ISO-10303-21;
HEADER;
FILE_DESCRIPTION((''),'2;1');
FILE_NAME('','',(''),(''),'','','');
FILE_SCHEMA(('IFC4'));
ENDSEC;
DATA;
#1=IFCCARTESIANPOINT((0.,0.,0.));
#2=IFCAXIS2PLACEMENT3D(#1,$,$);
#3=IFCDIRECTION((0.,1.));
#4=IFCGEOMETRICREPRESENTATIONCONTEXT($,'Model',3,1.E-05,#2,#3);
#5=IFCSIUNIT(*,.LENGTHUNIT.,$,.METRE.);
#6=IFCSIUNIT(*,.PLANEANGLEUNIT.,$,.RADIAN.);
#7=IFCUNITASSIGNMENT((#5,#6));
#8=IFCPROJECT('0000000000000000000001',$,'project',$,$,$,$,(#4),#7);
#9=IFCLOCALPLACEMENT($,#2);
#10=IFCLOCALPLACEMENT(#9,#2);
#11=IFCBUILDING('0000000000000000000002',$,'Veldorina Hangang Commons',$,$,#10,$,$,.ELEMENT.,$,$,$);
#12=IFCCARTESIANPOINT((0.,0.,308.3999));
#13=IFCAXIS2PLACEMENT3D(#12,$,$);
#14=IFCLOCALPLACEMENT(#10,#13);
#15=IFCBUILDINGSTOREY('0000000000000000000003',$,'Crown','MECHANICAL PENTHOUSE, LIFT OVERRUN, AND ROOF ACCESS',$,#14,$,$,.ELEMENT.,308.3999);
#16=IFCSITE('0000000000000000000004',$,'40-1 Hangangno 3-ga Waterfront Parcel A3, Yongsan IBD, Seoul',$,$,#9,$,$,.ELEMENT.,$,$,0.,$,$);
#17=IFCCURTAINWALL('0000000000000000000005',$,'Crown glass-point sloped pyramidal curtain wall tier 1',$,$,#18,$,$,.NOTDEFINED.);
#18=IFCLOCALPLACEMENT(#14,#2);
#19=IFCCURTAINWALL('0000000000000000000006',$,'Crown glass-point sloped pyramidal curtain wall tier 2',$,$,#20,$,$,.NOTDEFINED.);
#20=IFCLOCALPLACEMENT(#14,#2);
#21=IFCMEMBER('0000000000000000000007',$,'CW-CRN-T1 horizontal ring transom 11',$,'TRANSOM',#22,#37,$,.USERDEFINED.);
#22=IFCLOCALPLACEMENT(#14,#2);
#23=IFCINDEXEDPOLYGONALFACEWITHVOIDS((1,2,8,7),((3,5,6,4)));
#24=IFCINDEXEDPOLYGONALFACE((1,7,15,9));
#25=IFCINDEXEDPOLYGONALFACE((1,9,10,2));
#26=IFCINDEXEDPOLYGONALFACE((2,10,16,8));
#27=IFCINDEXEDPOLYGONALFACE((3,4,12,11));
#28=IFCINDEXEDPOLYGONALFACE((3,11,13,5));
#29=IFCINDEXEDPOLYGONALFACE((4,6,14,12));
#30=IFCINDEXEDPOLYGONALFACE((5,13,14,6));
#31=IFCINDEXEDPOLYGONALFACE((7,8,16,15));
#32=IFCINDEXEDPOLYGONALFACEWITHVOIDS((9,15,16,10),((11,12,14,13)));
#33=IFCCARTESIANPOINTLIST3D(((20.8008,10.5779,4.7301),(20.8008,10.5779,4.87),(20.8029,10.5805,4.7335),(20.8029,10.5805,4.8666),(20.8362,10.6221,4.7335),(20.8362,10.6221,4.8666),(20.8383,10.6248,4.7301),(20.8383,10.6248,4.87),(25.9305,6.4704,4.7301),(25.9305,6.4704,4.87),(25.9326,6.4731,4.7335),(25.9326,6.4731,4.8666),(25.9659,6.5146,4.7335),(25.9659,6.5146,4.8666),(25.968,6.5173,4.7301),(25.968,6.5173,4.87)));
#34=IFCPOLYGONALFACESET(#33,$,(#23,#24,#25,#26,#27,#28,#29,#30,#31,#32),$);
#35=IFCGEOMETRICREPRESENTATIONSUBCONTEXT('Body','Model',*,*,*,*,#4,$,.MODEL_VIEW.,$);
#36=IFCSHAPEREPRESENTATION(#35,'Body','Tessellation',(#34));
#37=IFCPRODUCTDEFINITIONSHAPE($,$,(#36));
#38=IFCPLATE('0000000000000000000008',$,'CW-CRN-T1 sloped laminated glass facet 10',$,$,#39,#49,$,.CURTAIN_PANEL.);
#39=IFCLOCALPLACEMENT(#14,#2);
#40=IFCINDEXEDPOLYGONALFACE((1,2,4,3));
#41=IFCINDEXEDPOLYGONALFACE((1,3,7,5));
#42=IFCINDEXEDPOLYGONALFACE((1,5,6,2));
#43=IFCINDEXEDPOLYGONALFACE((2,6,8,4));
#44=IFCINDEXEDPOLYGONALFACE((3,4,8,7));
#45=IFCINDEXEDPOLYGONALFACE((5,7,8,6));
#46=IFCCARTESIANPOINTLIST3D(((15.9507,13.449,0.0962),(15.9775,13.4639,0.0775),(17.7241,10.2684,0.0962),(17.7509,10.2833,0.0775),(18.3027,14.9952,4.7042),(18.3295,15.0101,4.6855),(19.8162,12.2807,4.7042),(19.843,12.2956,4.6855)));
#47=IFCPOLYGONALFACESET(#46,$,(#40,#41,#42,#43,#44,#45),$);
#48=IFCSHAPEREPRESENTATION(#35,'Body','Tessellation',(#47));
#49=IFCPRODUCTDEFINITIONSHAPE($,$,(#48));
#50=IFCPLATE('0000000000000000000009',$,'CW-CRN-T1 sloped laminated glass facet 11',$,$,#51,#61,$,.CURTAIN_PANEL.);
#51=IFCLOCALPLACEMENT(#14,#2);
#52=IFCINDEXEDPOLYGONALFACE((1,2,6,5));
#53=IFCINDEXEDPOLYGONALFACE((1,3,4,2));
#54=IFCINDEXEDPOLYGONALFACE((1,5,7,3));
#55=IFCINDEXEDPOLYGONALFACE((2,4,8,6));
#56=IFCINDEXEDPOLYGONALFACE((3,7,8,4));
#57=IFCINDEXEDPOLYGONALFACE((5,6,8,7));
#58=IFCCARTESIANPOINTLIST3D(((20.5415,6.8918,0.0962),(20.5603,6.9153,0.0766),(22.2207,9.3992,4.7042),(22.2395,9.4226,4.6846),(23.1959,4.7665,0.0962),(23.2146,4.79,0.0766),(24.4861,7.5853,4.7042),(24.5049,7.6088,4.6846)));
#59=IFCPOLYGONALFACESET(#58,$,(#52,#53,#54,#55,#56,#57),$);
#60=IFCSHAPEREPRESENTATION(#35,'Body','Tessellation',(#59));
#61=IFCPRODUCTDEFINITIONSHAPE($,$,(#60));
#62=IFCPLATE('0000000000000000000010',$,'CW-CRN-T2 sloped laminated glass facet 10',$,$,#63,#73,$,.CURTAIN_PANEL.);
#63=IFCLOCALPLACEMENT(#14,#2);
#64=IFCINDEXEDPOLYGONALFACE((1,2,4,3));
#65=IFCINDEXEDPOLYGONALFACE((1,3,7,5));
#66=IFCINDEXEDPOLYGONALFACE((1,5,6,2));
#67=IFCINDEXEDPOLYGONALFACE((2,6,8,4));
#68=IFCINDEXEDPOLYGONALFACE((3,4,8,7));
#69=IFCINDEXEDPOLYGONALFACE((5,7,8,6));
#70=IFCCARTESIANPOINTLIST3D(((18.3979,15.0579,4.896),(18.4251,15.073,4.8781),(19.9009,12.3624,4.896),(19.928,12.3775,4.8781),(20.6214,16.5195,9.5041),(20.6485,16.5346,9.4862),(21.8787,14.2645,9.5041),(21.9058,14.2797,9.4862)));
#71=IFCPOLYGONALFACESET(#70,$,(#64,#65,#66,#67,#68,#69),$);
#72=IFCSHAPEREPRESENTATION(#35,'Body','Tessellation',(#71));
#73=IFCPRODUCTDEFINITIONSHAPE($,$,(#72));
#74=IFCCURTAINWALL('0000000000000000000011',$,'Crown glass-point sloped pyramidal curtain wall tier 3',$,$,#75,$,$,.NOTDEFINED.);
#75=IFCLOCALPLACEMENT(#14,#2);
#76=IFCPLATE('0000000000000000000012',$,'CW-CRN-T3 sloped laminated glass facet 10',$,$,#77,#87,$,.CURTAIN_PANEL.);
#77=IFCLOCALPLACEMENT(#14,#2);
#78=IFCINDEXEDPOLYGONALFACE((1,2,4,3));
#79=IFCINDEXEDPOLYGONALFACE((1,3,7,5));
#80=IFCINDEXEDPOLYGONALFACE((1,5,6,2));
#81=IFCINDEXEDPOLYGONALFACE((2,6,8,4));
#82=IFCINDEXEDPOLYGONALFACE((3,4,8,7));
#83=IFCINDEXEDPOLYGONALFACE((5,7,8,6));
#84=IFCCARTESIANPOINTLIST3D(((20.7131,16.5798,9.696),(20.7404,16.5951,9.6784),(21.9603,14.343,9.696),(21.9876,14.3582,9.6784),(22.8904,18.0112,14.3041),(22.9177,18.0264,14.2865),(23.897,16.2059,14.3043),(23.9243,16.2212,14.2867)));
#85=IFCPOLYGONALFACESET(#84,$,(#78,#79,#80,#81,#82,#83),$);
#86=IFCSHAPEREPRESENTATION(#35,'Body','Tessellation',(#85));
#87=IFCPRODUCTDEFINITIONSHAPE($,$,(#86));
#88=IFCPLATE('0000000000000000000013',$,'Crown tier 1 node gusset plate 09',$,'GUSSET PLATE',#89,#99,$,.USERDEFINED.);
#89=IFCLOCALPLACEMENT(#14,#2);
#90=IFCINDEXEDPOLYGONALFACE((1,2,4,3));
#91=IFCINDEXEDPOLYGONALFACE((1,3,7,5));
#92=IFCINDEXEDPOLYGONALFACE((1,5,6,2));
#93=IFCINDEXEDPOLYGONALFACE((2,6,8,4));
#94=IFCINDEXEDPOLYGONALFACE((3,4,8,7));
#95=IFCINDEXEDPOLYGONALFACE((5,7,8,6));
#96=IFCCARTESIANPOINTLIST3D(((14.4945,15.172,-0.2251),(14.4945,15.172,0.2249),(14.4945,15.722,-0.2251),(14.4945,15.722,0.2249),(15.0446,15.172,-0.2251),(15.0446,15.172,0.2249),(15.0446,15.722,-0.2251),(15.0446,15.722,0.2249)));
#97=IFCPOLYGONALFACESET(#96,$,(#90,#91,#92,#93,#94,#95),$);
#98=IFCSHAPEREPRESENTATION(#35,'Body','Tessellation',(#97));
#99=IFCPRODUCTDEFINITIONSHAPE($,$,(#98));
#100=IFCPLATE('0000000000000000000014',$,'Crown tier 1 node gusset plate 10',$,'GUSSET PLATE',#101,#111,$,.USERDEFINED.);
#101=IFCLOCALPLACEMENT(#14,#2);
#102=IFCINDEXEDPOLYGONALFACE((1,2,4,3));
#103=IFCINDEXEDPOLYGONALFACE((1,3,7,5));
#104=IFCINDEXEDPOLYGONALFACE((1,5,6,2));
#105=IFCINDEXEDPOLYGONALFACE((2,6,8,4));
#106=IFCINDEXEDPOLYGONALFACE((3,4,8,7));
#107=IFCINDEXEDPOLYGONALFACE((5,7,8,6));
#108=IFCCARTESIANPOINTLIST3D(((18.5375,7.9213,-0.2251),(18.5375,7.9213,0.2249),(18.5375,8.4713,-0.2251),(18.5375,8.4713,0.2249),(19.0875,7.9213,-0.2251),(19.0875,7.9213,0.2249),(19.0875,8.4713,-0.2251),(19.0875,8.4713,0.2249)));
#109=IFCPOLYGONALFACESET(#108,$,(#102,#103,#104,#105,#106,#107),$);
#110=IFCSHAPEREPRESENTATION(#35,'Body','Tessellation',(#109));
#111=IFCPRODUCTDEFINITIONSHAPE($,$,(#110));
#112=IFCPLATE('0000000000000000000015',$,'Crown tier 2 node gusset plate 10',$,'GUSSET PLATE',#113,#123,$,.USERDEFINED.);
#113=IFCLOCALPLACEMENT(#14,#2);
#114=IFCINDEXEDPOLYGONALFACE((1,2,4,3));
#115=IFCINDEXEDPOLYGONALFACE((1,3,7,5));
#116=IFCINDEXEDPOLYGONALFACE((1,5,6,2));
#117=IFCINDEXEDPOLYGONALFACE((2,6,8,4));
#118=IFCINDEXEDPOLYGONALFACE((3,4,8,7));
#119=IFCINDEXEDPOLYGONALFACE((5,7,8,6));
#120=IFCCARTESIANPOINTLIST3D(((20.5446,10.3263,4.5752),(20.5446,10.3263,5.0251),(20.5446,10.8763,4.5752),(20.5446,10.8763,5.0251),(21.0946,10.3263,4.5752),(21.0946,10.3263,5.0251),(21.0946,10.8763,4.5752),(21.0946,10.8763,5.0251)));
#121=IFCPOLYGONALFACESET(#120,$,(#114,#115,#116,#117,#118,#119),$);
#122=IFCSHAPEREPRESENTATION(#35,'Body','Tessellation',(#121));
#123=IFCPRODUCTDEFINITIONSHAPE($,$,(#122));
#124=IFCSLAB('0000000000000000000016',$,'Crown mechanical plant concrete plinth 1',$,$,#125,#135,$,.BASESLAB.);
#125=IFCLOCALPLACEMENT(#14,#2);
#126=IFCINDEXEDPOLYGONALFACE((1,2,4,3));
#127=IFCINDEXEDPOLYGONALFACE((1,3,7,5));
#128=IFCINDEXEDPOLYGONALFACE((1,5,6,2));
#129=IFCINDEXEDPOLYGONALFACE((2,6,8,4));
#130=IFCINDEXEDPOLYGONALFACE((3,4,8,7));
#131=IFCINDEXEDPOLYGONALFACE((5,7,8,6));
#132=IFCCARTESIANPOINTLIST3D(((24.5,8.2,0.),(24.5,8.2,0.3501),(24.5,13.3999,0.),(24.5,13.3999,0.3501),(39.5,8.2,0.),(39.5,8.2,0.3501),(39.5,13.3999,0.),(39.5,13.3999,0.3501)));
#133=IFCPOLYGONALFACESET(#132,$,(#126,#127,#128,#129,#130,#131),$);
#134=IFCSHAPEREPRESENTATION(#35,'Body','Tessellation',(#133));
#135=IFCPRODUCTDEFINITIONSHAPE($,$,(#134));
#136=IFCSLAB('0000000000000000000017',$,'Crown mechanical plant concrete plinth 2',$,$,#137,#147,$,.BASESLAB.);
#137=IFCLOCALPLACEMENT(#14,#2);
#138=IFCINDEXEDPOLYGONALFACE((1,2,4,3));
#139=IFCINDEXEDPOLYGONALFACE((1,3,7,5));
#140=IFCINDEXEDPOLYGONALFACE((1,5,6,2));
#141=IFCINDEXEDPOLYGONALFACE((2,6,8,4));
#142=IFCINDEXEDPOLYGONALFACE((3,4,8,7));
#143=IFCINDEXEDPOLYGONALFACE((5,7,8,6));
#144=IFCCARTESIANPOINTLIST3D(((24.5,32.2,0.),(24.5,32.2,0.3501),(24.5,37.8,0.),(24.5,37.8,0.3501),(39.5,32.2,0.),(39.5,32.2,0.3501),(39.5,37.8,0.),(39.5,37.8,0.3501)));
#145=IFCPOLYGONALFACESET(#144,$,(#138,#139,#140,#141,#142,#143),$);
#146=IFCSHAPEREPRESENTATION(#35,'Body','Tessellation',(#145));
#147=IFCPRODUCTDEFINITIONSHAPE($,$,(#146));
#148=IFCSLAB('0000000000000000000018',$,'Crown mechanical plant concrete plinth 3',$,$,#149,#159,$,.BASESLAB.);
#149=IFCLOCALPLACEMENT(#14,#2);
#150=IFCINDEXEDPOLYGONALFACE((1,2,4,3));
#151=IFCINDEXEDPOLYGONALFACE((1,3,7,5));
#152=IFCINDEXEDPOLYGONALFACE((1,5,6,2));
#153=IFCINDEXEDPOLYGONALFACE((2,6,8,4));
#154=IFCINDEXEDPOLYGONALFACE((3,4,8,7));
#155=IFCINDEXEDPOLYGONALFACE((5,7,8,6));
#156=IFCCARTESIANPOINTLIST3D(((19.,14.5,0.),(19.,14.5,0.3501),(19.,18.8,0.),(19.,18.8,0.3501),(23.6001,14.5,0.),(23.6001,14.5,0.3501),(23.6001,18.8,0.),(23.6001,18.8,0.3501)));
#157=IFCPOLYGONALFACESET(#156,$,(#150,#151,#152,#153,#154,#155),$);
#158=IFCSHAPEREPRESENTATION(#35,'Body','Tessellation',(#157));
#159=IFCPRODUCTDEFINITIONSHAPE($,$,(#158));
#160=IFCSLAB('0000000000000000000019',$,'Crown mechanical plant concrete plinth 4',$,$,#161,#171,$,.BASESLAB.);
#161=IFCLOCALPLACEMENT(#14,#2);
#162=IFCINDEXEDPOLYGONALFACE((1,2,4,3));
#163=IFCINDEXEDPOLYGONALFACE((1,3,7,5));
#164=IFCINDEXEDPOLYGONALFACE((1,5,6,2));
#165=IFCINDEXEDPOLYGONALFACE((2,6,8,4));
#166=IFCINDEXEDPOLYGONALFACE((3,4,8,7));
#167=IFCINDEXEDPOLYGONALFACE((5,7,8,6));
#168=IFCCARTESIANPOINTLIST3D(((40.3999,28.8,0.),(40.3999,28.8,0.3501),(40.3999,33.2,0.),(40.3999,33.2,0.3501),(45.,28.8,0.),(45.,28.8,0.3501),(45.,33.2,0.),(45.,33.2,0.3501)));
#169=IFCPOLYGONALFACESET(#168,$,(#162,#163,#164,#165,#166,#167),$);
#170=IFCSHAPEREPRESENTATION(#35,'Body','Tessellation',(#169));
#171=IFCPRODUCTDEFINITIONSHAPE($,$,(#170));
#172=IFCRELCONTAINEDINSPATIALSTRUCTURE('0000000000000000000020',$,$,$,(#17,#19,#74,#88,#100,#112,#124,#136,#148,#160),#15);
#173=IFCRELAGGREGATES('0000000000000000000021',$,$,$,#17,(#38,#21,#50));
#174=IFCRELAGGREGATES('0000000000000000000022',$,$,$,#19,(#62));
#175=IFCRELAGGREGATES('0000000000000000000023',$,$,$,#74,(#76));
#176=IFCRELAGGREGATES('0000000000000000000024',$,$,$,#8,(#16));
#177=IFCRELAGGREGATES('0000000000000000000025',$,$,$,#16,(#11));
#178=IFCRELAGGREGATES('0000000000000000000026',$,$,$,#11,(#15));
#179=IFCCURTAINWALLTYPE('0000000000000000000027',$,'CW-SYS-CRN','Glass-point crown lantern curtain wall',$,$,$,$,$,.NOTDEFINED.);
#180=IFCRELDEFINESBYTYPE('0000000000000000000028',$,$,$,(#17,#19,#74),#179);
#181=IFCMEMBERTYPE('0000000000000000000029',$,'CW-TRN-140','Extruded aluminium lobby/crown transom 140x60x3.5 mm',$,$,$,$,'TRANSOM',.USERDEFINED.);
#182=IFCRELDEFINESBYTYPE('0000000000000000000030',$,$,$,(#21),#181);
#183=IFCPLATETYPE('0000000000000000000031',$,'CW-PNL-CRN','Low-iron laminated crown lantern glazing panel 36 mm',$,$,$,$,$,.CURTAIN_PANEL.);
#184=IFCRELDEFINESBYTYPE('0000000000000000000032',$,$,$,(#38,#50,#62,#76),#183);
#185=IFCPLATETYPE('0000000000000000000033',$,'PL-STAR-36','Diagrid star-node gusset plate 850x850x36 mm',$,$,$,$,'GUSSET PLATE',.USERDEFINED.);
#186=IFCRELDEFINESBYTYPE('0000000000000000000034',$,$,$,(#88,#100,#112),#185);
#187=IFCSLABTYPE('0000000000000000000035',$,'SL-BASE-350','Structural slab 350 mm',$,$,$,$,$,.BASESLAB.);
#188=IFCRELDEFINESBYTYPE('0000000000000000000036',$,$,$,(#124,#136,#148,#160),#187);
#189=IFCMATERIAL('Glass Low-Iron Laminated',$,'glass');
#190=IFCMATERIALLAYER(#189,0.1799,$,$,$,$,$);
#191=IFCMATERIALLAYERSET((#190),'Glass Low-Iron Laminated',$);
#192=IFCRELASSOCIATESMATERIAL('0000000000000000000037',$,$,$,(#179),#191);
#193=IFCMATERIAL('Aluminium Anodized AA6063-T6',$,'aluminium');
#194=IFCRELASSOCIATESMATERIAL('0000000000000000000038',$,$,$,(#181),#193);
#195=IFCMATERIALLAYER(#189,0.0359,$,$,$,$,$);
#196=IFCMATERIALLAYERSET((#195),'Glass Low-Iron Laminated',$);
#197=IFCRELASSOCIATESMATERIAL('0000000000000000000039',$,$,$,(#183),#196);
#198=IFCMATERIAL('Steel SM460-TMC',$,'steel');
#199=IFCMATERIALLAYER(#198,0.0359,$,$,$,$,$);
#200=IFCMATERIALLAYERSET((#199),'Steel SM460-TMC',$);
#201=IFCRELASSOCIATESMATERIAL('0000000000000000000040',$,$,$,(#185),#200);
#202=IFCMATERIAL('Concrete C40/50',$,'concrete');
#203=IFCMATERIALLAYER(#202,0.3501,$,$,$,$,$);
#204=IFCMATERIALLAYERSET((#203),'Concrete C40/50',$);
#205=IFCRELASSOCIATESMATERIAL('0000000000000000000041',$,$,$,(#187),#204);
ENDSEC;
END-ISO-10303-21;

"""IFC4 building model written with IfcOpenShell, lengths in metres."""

from ifc_helpers import new_model, si_unit, direction, frame, origin, origin_2d, place, context, subcontext, project, spatial, polyline, rectangle, hollow_rectangle, outline, extrude, material, layer, layer_set, material_profile, profile_set, type_object, element, aggregate, save


model = new_model("IFC4")

# Units and contexts
model_context = context("Model", 3, precision=1e-05, world=origin(), true_north=direction((0.0, 1.0)))
body_context = subcontext(model_context, "Body", "Model", "MODEL_VIEW")
ifc_project = project(units=[si_unit("LENGTHUNIT", "METRE"), si_unit("PLANEANGLEUNIT", "RADIAN")], contexts=[model_context])

# Site, building, storey
site_placement = place(None, origin())
site = spatial("IfcSite", under=ifc_project, at=site_placement, Name="40-1 Hangangno 3-ga Waterfront Parcel A3, Yongsan IBD, Seoul", CompositionType="ELEMENT", RefElevation=0.0)
building_placement = place(site_placement, origin())
building = spatial("IfcBuilding", under=site, at=building_placement, Name="Veldorina Hangang Commons", CompositionType="ELEMENT")
storey_placement = place(building_placement, frame((0.0, 0.0, 308.3999)))
storey = spatial("IfcBuildingStorey", under=building, at=storey_placement, Name="Crown", Description="MECHANICAL PENTHOUSE, LIFT OVERRUN, AND ROOF ACCESS", CompositionType="ELEMENT", Elevation=308.3999)

# Shared definitions
ifc_material_1 = material(Name="Steel SM460-TMC", Category="steel")

# Curtain walls
ifc_material_2 = material(Name="Glass Low-Iron Laminated", Category="glass")
ifc_layer_1 = layer(ifc_material_2, 0.1799)
ifc_layer_set_1 = layer_set([ifc_layer_1], Name="Glass Low-Iron Laminated")
curtain_wall_type = type_object("IfcCurtainWallType", Name="CW-SYS-CRN", Description="Glass-point crown lantern curtain wall", PredefinedType="NOTDEFINED", material=ifc_layer_set_1)
curtain_wall_1_placement = place(storey_placement, origin())
curtain_wall_1 = element("IfcCurtainWall", 1, at=curtain_wall_1_placement, inside=storey, type_object=curtain_wall_type, Name="Crown glass-point sloped pyramidal curtain wall tier 1", PredefinedType="NOTDEFINED")
ifc_material_3 = material(Name="Aluminium Anodized AA6063-T6", Category="aluminium")
curtain_wall_2_placement = place(storey_placement, origin())
curtain_wall_2 = element("IfcCurtainWall", 2, at=curtain_wall_2_placement, inside=storey, type_object=curtain_wall_type, Name="Crown glass-point sloped pyramidal curtain wall tier 2", PredefinedType="NOTDEFINED")

# Member
ifc_material_profile_1 = material_profile(ifc_material_3, hollow_rectangle(XDim=0.0601, YDim=0.1399, WallThickness=0.0034, at=origin_2d()), Name="ALU-RHS-140x60x3.5")
ifc_profile_set_1 = profile_set([ifc_material_profile_1], Name="Aluminium Anodized AA6063-T6")
member_type_1 = type_object("IfcMemberType", Name="CW-TRN-140", Description="Extruded aluminium lobby/crown transom 140x60x3.5 mm", ElementType="TRANSOM", PredefinedType="USERDEFINED", material=ifc_profile_set_1)
member_1_placement = place(storey_placement, frame((20.8196, 10.6013, 4.8), z_axis=(0.780593, -0.625039, 0.0), x_axis=(0.625039, 0.780593, 0.0)))
member_1 = element("IfcMember", 3, at=member_1_placement, type_object=member_type_1, Name="CW-CRN-T1 horizontal ring transom 11", ObjectType="TRANSOM", PredefinedType="USERDEFINED", context=body_context, shape_type="SweptSolid", body=[
    extrude(hollow_rectangle(XDim=0.0601, YDim=0.1399, WallThickness=0.0034, at=origin_2d()), origin(), (0.0, 0.0, 1.0), 6.5715),
])

# Plates
ifc_layer_2 = layer(ifc_material_2, 0.0359)
ifc_layer_set_2 = layer_set([ifc_layer_2], Name="Glass Low-Iron Laminated")
plate_type_1 = type_object("IfcPlateType", Name="CW-PNL-CRN", Description="Low-iron laminated crown lantern glazing panel 36 mm", PredefinedType="CURTAIN_PANEL", material=ifc_layer_set_2)
plate_1_placement = place(storey_placement, frame((15.9507, 13.449, 0.0962), z_axis=(-0.745891, -0.415884, 0.520276), x_axis=(0.486985, -0.87341, 0.000001)))
plate_1 = element("IfcPlate", 4, at=plate_1_placement, type_object=plate_type_1, Name="CW-CRN-T1 sloped laminated glass facet 10", PredefinedType="CURTAIN_PANEL", context=body_context, shape_type="SweptSolid", body=[
    extrude(outline(polyline([(0.0, 0.0), (3.6416, 0.0), (2.9028, 5.3958), (-0.2051, 5.3958), (0.0, 0.0)])), origin(), (0.0, 0.0, -1.0), 0.0359),
])
plate_2_placement = place(storey_placement, frame((20.5415, 6.8918, 0.0962), z_axis=(-0.523451, -0.653738, 0.546467), x_axis=(0.780603, -0.625027, 0.000007)))
plate_2 = element("IfcPlate", 5, at=plate_2_placement, type_object=plate_type_1, Name="CW-CRN-T1 sloped laminated glass facet 11", PredefinedType="CURTAIN_PANEL", context=body_context, shape_type="SweptSolid", body=[
    extrude(outline(polyline([(0.0, 0.0), (3.4004, 0.0), (2.6458, 5.5022), (-0.2563, 5.5022), (0.0, 0.0)])), origin(), (0.0, 0.0, -1.0), 0.0359),
])
aggregate(curtain_wall_1, [plate_1, member_1, plate_2])
plate_3_placement = place(storey_placement, frame((18.3979, 15.0579, 4.896), z_axis=(-0.75687, -0.422014, 0.49905), x_axis=(0.486989, -0.873408, -0.000006)))
plate_3 = element("IfcPlate", 6, at=plate_3_placement, type_object=plate_type_1, Name="CW-CRN-T2 sloped laminated glass facet 10", PredefinedType="CURTAIN_PANEL", context=body_context, shape_type="SweptSolid", body=[
    extrude(outline(polyline([(0.0, 0.0), (3.0862, 0.0), (2.3879, 5.3176), (-0.1938, 5.3176), (0.0, 0.0)])), origin(), (0.0, 0.0, -1.0), 0.0359),
])
aggregate(curtain_wall_2, [plate_3])

# Curtain wall, plate
curtain_wall_3_placement = place(storey_placement, origin())
curtain_wall_3 = element("IfcCurtainWall", 7, at=curtain_wall_3_placement, inside=storey, type_object=curtain_wall_type, Name="Crown glass-point sloped pyramidal curtain wall tier 3", PredefinedType="NOTDEFINED")
plate_4_placement = place(storey_placement, frame((20.7131, 16.5798, 9.696), z_axis=(-0.760788, -0.424161, 0.491212), x_axis=(0.486958, -0.873425, -0.000003)))
plate_4 = element("IfcPlate", 8, at=plate_4_placement, type_object=plate_type_1, Name="CW-CRN-T3 sloped laminated glass facet 10", PredefinedType="CURTAIN_PANEL", context=body_context, shape_type="SweptSolid", body=[
    extrude(outline(polyline([(0.0, 0.0), (2.561, 0.0), (1.877, 5.2905), (-0.1899, 5.2903), (0.0, 0.0)])), origin(), (0.0, 0.0, -1.0), 0.0359),
])
aggregate(curtain_wall_3, [plate_4])

# Plates
ifc_layer_3 = layer(ifc_material_1, 0.0359)
ifc_layer_set_3 = layer_set([ifc_layer_3], Name="Steel SM460-TMC")
plate_type_2 = type_object("IfcPlateType", Name="PL-STAR-36", Description="Diagrid star-node gusset plate 850x850x36 mm", ElementType="GUSSET PLATE", PredefinedType="USERDEFINED", material=ifc_layer_set_3)
for number, where, z_axis, x_axis, name in (
    (9, (14.7695, 15.447, -0.2251), (0.0, 0.0, 1.0), (1.0, 0.0, 0.0), "Crown tier 1 node gusset plate 09"),
    (10, (18.8125, 8.1963, -0.2251), (0.0, 0.0, 1.0), (1.0, 0.0, 0.0), "Crown tier 1 node gusset plate 10"),
    (11, (20.8196, 10.6013, 4.5752), (0.0, 0.0, 1.0), (1.0, 0.0, 0.0), "Crown tier 2 node gusset plate 10"),
):
    element("IfcPlate", number, at=place(storey_placement, frame(where, z_axis=z_axis, x_axis=x_axis)), inside=storey, type_object=plate_type_2, Name=name, ObjectType="GUSSET PLATE", PredefinedType="USERDEFINED", context=body_context, shape_type="SweptSolid", body=[
        extrude(rectangle(XDim=0.55, YDim=0.55, at=origin_2d()), origin(), (0.0, 0.0, 1.0), 0.45),
    ])

# Slabs
ifc_material_4 = material(Name="Concrete C40/50", Category="concrete")
ifc_layer_4 = layer(ifc_material_4, 0.3501)
ifc_layer_set_4 = layer_set([ifc_layer_4], Name="Concrete C40/50")
slab_type_1 = type_object("IfcSlabType", Name="SL-BASE-350", Description="Structural slab 350 mm", PredefinedType="BASESLAB", material=ifc_layer_set_4)
slab_1_placement = place(storey_placement, origin())
element("IfcSlab", 12, at=slab_1_placement, inside=storey, type_object=slab_type_1, Name="Crown mechanical plant concrete plinth 1", PredefinedType="BASESLAB", context=body_context, shape_type="SweptSolid", body=[
    extrude(outline(polyline([(24.5, 8.2), (39.5, 8.2), (39.5, 13.3999), (24.5, 13.3999), (24.5, 8.2)])), origin(), (0.0, 0.0, 1.0), 0.3501),
])
slab_2_placement = place(storey_placement, origin())
element("IfcSlab", 13, at=slab_2_placement, inside=storey, type_object=slab_type_1, Name="Crown mechanical plant concrete plinth 2", PredefinedType="BASESLAB", context=body_context, shape_type="SweptSolid", body=[
    extrude(outline(polyline([(24.5, 32.2), (39.5, 32.2), (39.5, 37.8), (24.5, 37.8), (24.5, 32.2)])), origin(), (0.0, 0.0, 1.0), 0.3501),
])
slab_3_placement = place(storey_placement, origin())
element("IfcSlab", 14, at=slab_3_placement, inside=storey, type_object=slab_type_1, Name="Crown mechanical plant concrete plinth 3", PredefinedType="BASESLAB", context=body_context, shape_type="SweptSolid", body=[
    extrude(outline(polyline([(19.0, 14.5), (23.6001, 14.5), (23.6001, 18.8), (19.0, 18.8), (19.0, 14.5)])), origin(), (0.0, 0.0, 1.0), 0.3501),
])
slab_4_placement = place(storey_placement, origin())
element("IfcSlab", 15, at=slab_4_placement, inside=storey, type_object=slab_type_1, Name="Crown mechanical plant concrete plinth 4", PredefinedType="BASESLAB", context=body_context, shape_type="SweptSolid", body=[
    extrude(outline(polyline([(40.3999, 28.8), (45.0, 28.8), (45.0, 33.2), (40.3999, 33.2), (40.3999, 28.8)])), origin(), (0.0, 0.0, 1.0), 0.3501),
])

save(model, "model.ifc")
